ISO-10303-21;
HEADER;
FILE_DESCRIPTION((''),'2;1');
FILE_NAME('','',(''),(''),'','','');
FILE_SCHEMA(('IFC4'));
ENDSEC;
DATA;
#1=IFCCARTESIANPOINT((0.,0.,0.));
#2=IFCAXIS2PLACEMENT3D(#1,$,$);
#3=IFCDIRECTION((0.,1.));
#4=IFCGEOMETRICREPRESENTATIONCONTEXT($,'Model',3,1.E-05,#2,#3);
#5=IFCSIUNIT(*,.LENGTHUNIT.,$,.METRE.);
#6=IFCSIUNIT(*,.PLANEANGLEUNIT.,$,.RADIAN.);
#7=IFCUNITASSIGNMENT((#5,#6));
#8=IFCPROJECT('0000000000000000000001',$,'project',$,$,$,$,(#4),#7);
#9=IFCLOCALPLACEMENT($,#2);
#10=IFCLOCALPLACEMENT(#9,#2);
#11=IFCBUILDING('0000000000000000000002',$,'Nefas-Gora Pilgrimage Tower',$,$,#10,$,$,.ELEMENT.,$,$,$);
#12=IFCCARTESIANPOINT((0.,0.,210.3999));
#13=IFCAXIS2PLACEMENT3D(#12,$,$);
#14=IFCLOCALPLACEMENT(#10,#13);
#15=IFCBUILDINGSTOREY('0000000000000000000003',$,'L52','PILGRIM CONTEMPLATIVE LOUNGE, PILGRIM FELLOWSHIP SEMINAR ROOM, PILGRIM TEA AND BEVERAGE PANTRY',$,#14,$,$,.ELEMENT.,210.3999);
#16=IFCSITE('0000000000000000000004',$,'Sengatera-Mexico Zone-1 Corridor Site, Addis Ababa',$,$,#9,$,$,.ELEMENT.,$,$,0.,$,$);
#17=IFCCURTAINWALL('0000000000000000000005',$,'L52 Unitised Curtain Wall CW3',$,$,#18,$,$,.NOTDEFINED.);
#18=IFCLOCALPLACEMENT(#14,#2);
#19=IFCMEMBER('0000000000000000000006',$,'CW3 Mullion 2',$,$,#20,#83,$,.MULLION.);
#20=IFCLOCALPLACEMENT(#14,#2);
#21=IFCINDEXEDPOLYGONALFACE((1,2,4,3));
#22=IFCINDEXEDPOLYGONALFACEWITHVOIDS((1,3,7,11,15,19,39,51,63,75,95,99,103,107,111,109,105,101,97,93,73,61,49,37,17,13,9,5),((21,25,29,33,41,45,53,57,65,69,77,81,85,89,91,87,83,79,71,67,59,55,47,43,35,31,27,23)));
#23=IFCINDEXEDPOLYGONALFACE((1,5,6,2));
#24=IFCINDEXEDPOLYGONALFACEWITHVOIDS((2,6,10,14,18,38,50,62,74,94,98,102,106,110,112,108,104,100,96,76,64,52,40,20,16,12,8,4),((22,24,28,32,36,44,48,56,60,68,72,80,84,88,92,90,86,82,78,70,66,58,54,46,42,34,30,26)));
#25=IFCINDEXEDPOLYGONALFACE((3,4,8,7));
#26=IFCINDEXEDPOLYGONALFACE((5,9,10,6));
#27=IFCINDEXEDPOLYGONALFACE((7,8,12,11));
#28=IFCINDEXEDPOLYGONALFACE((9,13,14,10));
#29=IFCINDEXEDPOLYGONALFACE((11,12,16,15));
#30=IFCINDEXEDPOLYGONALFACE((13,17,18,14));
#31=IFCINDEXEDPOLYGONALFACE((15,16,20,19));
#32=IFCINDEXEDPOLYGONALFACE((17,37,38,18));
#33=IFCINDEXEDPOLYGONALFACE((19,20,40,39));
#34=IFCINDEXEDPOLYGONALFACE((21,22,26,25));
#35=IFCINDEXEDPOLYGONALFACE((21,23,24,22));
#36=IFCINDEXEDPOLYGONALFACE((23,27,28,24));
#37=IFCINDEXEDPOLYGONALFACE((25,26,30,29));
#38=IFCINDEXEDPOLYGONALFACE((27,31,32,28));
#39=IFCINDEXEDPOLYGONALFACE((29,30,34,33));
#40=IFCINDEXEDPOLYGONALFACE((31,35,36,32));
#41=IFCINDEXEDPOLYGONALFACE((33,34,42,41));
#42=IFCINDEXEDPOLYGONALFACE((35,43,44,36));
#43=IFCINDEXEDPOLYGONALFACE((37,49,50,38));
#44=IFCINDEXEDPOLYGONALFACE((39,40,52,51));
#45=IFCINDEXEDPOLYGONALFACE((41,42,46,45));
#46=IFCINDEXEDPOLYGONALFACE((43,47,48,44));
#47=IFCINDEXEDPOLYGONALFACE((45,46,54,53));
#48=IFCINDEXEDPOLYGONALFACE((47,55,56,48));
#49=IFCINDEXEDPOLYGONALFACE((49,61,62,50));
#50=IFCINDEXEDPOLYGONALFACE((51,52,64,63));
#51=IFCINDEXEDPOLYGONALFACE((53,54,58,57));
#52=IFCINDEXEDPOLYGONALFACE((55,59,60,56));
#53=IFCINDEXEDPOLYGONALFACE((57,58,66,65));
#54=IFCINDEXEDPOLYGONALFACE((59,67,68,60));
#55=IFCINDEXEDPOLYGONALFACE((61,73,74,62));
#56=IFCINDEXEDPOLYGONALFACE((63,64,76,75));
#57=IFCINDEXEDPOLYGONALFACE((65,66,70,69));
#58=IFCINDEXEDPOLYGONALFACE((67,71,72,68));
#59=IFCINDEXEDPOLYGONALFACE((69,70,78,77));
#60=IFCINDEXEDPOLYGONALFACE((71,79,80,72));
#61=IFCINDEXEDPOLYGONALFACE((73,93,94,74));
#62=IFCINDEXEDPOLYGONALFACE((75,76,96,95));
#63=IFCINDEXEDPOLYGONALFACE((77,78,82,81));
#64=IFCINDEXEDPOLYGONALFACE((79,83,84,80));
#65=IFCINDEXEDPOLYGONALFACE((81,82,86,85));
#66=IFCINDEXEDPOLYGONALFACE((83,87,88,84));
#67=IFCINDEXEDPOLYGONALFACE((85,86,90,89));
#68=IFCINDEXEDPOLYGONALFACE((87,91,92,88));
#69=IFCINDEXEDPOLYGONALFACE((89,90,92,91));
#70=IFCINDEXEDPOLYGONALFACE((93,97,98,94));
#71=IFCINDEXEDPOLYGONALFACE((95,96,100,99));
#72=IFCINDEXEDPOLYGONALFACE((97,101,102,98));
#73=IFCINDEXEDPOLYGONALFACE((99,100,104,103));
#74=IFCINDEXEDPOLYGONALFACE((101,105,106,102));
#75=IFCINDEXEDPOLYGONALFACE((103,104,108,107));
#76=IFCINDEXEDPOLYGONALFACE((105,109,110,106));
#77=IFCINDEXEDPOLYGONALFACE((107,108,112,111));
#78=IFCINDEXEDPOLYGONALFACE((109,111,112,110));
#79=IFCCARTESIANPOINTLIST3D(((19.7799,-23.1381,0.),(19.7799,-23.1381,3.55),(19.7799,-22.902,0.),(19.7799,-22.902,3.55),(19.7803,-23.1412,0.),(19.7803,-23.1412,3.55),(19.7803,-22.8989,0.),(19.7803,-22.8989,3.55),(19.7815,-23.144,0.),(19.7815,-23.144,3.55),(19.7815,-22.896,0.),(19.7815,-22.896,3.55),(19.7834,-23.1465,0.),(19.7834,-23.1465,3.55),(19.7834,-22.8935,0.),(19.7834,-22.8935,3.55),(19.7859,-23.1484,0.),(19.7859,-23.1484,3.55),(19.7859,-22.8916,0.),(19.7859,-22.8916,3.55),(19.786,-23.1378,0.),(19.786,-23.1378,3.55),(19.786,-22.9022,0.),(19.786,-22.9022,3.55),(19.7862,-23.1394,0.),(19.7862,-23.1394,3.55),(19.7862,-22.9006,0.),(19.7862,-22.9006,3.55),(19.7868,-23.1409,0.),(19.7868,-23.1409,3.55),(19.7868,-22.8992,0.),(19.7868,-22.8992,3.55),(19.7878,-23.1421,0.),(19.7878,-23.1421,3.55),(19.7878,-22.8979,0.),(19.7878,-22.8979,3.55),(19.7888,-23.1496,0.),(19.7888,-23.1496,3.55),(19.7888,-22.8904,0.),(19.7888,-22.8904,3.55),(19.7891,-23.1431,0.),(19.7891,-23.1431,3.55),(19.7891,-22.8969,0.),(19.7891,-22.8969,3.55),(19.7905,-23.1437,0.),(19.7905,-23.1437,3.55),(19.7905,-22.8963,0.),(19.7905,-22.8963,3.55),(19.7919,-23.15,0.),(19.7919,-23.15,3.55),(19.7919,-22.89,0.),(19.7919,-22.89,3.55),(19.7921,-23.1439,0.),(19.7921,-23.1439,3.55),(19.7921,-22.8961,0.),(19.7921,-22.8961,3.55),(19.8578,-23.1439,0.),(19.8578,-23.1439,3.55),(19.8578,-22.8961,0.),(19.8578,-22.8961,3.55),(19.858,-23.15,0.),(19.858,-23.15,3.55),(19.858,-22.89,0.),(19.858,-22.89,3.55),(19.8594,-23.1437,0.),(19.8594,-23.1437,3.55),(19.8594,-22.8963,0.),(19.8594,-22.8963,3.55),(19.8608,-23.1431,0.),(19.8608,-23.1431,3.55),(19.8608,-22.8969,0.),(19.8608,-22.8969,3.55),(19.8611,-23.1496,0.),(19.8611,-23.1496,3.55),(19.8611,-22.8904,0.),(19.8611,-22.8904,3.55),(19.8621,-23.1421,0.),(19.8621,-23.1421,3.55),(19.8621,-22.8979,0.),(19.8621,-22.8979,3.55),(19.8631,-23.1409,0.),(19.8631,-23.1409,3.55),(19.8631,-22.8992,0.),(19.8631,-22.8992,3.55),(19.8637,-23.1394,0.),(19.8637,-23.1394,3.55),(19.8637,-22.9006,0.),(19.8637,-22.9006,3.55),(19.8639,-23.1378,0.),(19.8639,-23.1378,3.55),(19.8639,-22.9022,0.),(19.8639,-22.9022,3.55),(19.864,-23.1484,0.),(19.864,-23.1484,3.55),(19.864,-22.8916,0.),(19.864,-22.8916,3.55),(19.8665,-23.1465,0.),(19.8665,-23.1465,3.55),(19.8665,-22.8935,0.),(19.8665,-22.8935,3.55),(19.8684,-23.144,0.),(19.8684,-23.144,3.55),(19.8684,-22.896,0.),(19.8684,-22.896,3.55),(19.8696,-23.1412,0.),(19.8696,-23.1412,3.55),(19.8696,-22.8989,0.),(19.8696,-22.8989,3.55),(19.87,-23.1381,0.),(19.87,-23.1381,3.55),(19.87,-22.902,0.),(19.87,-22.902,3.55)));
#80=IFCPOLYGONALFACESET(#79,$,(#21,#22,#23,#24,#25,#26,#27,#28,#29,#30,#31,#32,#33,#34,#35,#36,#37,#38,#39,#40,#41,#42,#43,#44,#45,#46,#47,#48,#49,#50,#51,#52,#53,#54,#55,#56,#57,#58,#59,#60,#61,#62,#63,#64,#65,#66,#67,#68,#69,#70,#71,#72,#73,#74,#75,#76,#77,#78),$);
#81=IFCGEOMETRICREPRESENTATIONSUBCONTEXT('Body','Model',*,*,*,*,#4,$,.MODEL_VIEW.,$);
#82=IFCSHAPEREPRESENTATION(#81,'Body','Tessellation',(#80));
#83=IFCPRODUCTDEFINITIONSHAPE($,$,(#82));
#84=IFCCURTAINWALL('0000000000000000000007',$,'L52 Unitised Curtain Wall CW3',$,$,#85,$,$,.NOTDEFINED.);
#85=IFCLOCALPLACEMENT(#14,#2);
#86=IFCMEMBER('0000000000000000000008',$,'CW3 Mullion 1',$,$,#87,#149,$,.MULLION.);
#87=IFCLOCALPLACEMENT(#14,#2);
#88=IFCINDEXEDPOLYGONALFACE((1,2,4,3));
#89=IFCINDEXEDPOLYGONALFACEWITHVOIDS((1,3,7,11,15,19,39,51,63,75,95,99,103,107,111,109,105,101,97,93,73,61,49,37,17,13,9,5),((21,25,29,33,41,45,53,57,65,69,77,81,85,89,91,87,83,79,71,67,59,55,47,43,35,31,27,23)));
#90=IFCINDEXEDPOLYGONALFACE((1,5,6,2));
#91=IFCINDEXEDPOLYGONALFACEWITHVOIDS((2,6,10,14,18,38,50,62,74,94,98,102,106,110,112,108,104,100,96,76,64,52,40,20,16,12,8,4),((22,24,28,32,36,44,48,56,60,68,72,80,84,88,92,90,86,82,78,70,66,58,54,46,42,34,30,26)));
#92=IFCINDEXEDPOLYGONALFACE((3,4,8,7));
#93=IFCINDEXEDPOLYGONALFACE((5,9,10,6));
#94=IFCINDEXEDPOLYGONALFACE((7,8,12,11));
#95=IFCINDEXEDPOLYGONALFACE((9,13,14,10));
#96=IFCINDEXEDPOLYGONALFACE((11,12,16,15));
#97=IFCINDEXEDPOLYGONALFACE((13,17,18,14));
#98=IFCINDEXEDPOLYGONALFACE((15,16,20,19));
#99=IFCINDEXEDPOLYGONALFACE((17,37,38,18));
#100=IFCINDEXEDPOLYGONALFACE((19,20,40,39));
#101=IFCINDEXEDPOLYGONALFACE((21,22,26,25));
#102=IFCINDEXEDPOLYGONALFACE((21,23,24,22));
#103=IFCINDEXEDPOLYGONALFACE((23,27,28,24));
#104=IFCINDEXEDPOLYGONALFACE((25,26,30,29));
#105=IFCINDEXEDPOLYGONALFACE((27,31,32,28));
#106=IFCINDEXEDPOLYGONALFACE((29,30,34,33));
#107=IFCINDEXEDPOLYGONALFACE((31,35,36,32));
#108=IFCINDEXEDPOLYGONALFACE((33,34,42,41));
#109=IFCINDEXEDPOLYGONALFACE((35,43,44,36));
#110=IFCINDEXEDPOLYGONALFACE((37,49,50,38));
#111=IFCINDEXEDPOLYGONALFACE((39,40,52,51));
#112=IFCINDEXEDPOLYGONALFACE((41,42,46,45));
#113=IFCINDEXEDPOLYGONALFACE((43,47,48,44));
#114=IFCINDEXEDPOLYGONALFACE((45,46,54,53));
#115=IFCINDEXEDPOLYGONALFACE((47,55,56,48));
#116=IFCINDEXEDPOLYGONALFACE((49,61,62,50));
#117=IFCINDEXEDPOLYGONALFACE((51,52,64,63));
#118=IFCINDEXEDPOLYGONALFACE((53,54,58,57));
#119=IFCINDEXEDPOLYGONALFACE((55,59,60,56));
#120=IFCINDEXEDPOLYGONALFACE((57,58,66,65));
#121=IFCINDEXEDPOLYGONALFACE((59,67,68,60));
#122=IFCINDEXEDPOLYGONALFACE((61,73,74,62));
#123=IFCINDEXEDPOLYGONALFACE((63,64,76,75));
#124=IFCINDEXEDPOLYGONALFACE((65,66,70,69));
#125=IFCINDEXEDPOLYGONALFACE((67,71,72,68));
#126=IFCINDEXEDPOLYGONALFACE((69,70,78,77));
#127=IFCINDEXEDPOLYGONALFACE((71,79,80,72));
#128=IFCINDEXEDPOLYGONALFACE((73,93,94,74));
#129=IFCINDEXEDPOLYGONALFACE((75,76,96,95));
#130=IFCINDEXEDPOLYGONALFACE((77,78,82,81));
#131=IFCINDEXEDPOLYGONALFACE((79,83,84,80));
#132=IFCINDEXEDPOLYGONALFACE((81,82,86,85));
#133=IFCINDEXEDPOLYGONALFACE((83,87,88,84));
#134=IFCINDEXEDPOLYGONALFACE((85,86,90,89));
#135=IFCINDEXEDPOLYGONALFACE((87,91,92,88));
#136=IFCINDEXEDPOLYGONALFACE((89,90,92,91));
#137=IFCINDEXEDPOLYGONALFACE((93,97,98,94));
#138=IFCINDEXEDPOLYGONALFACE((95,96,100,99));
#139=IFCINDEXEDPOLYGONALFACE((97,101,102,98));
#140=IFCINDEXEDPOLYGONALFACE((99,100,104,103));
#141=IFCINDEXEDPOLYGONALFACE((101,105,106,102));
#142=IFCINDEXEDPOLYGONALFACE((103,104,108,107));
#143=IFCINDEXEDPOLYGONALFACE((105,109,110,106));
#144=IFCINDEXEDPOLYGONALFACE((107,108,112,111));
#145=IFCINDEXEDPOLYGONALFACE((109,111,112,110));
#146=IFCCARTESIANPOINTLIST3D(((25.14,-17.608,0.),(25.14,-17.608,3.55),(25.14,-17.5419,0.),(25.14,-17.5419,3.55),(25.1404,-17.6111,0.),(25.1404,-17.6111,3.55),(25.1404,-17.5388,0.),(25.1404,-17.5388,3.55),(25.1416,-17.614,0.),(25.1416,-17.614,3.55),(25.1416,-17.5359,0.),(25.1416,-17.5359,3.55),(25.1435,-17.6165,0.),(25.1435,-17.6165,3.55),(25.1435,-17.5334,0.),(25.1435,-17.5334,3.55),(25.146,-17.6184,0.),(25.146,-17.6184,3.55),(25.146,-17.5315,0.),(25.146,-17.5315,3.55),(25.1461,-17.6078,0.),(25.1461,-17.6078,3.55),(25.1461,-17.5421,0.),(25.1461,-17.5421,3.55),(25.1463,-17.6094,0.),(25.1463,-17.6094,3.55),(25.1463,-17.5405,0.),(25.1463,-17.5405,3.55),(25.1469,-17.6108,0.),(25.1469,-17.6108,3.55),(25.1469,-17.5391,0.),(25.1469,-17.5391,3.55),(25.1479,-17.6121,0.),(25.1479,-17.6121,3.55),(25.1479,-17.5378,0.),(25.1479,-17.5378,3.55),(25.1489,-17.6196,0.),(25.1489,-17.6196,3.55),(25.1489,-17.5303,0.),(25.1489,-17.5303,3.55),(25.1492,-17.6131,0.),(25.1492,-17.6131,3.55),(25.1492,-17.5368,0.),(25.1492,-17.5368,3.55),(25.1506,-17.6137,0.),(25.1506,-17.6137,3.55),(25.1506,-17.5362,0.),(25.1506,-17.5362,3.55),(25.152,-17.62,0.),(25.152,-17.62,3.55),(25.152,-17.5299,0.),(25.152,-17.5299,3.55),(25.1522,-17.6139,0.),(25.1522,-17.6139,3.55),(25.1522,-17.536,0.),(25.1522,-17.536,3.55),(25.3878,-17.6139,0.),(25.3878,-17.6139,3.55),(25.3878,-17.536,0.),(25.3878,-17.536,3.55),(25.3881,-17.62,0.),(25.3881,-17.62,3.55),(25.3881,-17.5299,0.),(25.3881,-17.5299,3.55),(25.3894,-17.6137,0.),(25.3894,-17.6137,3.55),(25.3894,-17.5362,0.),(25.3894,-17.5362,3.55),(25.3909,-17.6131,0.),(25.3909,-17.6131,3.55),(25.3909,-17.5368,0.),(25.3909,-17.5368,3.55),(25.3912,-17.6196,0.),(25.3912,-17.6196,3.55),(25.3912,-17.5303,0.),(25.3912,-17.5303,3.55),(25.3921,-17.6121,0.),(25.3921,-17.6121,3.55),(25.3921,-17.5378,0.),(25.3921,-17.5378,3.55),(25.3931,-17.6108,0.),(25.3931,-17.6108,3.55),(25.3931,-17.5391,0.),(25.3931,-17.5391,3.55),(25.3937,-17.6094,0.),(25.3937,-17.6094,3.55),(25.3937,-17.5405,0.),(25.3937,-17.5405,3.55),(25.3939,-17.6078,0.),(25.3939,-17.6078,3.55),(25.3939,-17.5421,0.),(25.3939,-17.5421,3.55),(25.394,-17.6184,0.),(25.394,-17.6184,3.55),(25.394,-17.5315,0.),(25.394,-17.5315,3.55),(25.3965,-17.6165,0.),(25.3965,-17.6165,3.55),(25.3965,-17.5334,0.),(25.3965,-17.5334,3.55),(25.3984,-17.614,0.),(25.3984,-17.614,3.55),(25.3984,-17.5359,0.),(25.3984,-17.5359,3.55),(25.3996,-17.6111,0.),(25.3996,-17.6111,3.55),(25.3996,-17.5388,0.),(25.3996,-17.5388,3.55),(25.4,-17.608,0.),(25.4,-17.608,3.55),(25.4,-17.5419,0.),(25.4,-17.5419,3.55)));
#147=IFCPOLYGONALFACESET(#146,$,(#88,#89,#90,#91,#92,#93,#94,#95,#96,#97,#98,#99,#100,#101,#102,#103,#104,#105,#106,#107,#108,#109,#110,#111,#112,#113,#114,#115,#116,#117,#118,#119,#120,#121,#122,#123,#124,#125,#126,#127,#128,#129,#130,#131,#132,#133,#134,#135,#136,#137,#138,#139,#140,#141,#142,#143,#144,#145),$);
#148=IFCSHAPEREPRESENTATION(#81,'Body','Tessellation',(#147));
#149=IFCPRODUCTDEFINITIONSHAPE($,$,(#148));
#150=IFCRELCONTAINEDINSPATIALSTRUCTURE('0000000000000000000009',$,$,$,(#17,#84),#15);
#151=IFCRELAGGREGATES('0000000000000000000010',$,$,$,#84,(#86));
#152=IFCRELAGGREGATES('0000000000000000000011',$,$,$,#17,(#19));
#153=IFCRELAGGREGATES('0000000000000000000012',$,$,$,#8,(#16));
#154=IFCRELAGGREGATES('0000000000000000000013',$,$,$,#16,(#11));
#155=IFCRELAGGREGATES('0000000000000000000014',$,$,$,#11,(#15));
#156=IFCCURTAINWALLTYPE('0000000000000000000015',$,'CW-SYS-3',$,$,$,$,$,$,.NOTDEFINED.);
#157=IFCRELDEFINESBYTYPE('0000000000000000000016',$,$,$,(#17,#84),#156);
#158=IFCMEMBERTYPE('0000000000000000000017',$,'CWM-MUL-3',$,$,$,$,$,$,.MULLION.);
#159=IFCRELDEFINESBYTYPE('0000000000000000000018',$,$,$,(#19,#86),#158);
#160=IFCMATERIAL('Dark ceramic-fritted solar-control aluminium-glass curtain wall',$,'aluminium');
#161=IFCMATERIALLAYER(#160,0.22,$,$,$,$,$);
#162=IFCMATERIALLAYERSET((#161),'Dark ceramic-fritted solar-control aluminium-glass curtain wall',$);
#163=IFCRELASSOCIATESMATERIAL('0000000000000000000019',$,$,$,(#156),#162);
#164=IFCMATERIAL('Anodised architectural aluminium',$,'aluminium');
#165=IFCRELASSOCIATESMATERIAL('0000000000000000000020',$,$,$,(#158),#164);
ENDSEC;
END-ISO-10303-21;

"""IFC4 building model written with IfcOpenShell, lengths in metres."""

from ifc_helpers import new_model, si_unit, direction, frame, origin, origin_2d, place, context, subcontext, project, spatial, hollow_rectangle, extrude, source, transform, mapped, material, layer, layer_set, material_profile, profile_set, type_object, element, aggregate, save


model = new_model("IFC4")

# Units and contexts
model_context = context("Model", 3, precision=1e-05, world=origin(), true_north=direction((0.0, 1.0)))
body_context = subcontext(model_context, "Body", "Model", "MODEL_VIEW")
ifc_project = project(units=[si_unit("LENGTHUNIT", "METRE"), si_unit("PLANEANGLEUNIT", "RADIAN")], contexts=[model_context])

# Site, building, storey
site_placement = place(None, origin())
site = spatial("IfcSite", under=ifc_project, at=site_placement, Name="Sengatera-Mexico Zone-1 Corridor Site, Addis Ababa", CompositionType="ELEMENT", RefElevation=0.0)
building_placement = place(site_placement, origin())
building = spatial("IfcBuilding", under=site, at=building_placement, Name="Nefas-Gora Pilgrimage Tower", CompositionType="ELEMENT")
storey_placement = place(building_placement, frame((0.0, 0.0, 210.3999)))
storey = spatial("IfcBuildingStorey", under=building, at=storey_placement, Name="L52", Description="PILGRIM CONTEMPLATIVE LOUNGE, PILGRIM FELLOWSHIP SEMINAR ROOM, PILGRIM TEA AND BEVERAGE PANTRY", CompositionType="ELEMENT", Elevation=210.3999)

# Curtain wall, member
ifc_material_1 = material(Name="Dark ceramic-fritted solar-control aluminium-glass curtain wall", Category="aluminium")
ifc_layer_1 = layer(ifc_material_1, 0.22)
ifc_layer_set_1 = layer_set([ifc_layer_1], Name="Dark ceramic-fritted solar-control aluminium-glass curtain wall")
curtain_wall_type = type_object("IfcCurtainWallType", Name="CW-SYS-3", PredefinedType="NOTDEFINED", material=ifc_layer_set_1)
curtain_wall_1_placement = place(storey_placement, origin())
curtain_wall_1 = element("IfcCurtainWall", 1, at=curtain_wall_1_placement, inside=storey, type_object=curtain_wall_type, Name="L52 Unitised Curtain Wall CW3", PredefinedType="NOTDEFINED")
ifc_material_2 = material(Name="Anodised architectural aluminium", Category="aluminium")
ifc_material_profile_1 = material_profile(ifc_material_2, hollow_rectangle(XDim=0.0901, YDim=0.26, WallThickness=0.0061, InnerFilletRadius=0.0061, OuterFilletRadius=0.012, at=origin_2d()), Name="ALU MULLION 90x260")
ifc_profile_set_1 = profile_set([ifc_material_profile_1], Name="Anodised architectural aluminium")
member_type_1 = type_object("IfcMemberType", Name="CWM-MUL-3", PredefinedType="MULLION", material=ifc_profile_set_1)
shared_shape_1 = source(origin(), body_context, "Body", "SweptSolid", [
    extrude(hollow_rectangle(XDim=0.0901, YDim=0.26, WallThickness=0.0061, InnerFilletRadius=0.0061, OuterFilletRadius=0.012, at=origin_2d()), origin(), (0.0, 0.0, 1.0), 3.55),
])
member_1_placement = place(storey_placement, frame((19.825, -23.02, 0.0), z_axis=(0.0, 0.0, 1.0), x_axis=(1.0, 0.0, 0.0)))
member_1 = element("IfcMember", 2, at=member_1_placement, type_object=member_type_1, Name="CW3 Mullion 2", PredefinedType="MULLION", context=body_context, shape_type="MappedRepresentation", body=[
    mapped(shared_shape_1, transform((0.0, 0.0, 0.0), x_axis=(1.0, 0.0, 0.0), y_axis=(0.0, 1.0, 0.0), z_axis=(0.0, 0.0, 1.0), scale=1.0)),
])

# Curtain wall, member
curtain_wall_2_placement = place(storey_placement, origin())
curtain_wall_2 = element("IfcCurtainWall", 3, at=curtain_wall_2_placement, inside=storey, type_object=curtain_wall_type, Name="L52 Unitised Curtain Wall CW3", PredefinedType="NOTDEFINED")
member_2_placement = place(storey_placement, frame((25.27, -17.575, 0.0), z_axis=(0.0, 0.0, 1.0), x_axis=(0.0, 1.0, 0.0)))
member_2 = element("IfcMember", 4, at=member_2_placement, type_object=member_type_1, Name="CW3 Mullion 1", PredefinedType="MULLION", context=body_context, shape_type="MappedRepresentation", body=[
    mapped(shared_shape_1, transform((0.0, 0.0, 0.0), x_axis=(1.0, 0.0, 0.0), y_axis=(0.0, 1.0, 0.0), z_axis=(0.0, 0.0, 1.0), scale=1.0)),
])

aggregate(curtain_wall_2, [member_2])

aggregate(curtain_wall_1, [member_1])

save(model, "model.ifc")
